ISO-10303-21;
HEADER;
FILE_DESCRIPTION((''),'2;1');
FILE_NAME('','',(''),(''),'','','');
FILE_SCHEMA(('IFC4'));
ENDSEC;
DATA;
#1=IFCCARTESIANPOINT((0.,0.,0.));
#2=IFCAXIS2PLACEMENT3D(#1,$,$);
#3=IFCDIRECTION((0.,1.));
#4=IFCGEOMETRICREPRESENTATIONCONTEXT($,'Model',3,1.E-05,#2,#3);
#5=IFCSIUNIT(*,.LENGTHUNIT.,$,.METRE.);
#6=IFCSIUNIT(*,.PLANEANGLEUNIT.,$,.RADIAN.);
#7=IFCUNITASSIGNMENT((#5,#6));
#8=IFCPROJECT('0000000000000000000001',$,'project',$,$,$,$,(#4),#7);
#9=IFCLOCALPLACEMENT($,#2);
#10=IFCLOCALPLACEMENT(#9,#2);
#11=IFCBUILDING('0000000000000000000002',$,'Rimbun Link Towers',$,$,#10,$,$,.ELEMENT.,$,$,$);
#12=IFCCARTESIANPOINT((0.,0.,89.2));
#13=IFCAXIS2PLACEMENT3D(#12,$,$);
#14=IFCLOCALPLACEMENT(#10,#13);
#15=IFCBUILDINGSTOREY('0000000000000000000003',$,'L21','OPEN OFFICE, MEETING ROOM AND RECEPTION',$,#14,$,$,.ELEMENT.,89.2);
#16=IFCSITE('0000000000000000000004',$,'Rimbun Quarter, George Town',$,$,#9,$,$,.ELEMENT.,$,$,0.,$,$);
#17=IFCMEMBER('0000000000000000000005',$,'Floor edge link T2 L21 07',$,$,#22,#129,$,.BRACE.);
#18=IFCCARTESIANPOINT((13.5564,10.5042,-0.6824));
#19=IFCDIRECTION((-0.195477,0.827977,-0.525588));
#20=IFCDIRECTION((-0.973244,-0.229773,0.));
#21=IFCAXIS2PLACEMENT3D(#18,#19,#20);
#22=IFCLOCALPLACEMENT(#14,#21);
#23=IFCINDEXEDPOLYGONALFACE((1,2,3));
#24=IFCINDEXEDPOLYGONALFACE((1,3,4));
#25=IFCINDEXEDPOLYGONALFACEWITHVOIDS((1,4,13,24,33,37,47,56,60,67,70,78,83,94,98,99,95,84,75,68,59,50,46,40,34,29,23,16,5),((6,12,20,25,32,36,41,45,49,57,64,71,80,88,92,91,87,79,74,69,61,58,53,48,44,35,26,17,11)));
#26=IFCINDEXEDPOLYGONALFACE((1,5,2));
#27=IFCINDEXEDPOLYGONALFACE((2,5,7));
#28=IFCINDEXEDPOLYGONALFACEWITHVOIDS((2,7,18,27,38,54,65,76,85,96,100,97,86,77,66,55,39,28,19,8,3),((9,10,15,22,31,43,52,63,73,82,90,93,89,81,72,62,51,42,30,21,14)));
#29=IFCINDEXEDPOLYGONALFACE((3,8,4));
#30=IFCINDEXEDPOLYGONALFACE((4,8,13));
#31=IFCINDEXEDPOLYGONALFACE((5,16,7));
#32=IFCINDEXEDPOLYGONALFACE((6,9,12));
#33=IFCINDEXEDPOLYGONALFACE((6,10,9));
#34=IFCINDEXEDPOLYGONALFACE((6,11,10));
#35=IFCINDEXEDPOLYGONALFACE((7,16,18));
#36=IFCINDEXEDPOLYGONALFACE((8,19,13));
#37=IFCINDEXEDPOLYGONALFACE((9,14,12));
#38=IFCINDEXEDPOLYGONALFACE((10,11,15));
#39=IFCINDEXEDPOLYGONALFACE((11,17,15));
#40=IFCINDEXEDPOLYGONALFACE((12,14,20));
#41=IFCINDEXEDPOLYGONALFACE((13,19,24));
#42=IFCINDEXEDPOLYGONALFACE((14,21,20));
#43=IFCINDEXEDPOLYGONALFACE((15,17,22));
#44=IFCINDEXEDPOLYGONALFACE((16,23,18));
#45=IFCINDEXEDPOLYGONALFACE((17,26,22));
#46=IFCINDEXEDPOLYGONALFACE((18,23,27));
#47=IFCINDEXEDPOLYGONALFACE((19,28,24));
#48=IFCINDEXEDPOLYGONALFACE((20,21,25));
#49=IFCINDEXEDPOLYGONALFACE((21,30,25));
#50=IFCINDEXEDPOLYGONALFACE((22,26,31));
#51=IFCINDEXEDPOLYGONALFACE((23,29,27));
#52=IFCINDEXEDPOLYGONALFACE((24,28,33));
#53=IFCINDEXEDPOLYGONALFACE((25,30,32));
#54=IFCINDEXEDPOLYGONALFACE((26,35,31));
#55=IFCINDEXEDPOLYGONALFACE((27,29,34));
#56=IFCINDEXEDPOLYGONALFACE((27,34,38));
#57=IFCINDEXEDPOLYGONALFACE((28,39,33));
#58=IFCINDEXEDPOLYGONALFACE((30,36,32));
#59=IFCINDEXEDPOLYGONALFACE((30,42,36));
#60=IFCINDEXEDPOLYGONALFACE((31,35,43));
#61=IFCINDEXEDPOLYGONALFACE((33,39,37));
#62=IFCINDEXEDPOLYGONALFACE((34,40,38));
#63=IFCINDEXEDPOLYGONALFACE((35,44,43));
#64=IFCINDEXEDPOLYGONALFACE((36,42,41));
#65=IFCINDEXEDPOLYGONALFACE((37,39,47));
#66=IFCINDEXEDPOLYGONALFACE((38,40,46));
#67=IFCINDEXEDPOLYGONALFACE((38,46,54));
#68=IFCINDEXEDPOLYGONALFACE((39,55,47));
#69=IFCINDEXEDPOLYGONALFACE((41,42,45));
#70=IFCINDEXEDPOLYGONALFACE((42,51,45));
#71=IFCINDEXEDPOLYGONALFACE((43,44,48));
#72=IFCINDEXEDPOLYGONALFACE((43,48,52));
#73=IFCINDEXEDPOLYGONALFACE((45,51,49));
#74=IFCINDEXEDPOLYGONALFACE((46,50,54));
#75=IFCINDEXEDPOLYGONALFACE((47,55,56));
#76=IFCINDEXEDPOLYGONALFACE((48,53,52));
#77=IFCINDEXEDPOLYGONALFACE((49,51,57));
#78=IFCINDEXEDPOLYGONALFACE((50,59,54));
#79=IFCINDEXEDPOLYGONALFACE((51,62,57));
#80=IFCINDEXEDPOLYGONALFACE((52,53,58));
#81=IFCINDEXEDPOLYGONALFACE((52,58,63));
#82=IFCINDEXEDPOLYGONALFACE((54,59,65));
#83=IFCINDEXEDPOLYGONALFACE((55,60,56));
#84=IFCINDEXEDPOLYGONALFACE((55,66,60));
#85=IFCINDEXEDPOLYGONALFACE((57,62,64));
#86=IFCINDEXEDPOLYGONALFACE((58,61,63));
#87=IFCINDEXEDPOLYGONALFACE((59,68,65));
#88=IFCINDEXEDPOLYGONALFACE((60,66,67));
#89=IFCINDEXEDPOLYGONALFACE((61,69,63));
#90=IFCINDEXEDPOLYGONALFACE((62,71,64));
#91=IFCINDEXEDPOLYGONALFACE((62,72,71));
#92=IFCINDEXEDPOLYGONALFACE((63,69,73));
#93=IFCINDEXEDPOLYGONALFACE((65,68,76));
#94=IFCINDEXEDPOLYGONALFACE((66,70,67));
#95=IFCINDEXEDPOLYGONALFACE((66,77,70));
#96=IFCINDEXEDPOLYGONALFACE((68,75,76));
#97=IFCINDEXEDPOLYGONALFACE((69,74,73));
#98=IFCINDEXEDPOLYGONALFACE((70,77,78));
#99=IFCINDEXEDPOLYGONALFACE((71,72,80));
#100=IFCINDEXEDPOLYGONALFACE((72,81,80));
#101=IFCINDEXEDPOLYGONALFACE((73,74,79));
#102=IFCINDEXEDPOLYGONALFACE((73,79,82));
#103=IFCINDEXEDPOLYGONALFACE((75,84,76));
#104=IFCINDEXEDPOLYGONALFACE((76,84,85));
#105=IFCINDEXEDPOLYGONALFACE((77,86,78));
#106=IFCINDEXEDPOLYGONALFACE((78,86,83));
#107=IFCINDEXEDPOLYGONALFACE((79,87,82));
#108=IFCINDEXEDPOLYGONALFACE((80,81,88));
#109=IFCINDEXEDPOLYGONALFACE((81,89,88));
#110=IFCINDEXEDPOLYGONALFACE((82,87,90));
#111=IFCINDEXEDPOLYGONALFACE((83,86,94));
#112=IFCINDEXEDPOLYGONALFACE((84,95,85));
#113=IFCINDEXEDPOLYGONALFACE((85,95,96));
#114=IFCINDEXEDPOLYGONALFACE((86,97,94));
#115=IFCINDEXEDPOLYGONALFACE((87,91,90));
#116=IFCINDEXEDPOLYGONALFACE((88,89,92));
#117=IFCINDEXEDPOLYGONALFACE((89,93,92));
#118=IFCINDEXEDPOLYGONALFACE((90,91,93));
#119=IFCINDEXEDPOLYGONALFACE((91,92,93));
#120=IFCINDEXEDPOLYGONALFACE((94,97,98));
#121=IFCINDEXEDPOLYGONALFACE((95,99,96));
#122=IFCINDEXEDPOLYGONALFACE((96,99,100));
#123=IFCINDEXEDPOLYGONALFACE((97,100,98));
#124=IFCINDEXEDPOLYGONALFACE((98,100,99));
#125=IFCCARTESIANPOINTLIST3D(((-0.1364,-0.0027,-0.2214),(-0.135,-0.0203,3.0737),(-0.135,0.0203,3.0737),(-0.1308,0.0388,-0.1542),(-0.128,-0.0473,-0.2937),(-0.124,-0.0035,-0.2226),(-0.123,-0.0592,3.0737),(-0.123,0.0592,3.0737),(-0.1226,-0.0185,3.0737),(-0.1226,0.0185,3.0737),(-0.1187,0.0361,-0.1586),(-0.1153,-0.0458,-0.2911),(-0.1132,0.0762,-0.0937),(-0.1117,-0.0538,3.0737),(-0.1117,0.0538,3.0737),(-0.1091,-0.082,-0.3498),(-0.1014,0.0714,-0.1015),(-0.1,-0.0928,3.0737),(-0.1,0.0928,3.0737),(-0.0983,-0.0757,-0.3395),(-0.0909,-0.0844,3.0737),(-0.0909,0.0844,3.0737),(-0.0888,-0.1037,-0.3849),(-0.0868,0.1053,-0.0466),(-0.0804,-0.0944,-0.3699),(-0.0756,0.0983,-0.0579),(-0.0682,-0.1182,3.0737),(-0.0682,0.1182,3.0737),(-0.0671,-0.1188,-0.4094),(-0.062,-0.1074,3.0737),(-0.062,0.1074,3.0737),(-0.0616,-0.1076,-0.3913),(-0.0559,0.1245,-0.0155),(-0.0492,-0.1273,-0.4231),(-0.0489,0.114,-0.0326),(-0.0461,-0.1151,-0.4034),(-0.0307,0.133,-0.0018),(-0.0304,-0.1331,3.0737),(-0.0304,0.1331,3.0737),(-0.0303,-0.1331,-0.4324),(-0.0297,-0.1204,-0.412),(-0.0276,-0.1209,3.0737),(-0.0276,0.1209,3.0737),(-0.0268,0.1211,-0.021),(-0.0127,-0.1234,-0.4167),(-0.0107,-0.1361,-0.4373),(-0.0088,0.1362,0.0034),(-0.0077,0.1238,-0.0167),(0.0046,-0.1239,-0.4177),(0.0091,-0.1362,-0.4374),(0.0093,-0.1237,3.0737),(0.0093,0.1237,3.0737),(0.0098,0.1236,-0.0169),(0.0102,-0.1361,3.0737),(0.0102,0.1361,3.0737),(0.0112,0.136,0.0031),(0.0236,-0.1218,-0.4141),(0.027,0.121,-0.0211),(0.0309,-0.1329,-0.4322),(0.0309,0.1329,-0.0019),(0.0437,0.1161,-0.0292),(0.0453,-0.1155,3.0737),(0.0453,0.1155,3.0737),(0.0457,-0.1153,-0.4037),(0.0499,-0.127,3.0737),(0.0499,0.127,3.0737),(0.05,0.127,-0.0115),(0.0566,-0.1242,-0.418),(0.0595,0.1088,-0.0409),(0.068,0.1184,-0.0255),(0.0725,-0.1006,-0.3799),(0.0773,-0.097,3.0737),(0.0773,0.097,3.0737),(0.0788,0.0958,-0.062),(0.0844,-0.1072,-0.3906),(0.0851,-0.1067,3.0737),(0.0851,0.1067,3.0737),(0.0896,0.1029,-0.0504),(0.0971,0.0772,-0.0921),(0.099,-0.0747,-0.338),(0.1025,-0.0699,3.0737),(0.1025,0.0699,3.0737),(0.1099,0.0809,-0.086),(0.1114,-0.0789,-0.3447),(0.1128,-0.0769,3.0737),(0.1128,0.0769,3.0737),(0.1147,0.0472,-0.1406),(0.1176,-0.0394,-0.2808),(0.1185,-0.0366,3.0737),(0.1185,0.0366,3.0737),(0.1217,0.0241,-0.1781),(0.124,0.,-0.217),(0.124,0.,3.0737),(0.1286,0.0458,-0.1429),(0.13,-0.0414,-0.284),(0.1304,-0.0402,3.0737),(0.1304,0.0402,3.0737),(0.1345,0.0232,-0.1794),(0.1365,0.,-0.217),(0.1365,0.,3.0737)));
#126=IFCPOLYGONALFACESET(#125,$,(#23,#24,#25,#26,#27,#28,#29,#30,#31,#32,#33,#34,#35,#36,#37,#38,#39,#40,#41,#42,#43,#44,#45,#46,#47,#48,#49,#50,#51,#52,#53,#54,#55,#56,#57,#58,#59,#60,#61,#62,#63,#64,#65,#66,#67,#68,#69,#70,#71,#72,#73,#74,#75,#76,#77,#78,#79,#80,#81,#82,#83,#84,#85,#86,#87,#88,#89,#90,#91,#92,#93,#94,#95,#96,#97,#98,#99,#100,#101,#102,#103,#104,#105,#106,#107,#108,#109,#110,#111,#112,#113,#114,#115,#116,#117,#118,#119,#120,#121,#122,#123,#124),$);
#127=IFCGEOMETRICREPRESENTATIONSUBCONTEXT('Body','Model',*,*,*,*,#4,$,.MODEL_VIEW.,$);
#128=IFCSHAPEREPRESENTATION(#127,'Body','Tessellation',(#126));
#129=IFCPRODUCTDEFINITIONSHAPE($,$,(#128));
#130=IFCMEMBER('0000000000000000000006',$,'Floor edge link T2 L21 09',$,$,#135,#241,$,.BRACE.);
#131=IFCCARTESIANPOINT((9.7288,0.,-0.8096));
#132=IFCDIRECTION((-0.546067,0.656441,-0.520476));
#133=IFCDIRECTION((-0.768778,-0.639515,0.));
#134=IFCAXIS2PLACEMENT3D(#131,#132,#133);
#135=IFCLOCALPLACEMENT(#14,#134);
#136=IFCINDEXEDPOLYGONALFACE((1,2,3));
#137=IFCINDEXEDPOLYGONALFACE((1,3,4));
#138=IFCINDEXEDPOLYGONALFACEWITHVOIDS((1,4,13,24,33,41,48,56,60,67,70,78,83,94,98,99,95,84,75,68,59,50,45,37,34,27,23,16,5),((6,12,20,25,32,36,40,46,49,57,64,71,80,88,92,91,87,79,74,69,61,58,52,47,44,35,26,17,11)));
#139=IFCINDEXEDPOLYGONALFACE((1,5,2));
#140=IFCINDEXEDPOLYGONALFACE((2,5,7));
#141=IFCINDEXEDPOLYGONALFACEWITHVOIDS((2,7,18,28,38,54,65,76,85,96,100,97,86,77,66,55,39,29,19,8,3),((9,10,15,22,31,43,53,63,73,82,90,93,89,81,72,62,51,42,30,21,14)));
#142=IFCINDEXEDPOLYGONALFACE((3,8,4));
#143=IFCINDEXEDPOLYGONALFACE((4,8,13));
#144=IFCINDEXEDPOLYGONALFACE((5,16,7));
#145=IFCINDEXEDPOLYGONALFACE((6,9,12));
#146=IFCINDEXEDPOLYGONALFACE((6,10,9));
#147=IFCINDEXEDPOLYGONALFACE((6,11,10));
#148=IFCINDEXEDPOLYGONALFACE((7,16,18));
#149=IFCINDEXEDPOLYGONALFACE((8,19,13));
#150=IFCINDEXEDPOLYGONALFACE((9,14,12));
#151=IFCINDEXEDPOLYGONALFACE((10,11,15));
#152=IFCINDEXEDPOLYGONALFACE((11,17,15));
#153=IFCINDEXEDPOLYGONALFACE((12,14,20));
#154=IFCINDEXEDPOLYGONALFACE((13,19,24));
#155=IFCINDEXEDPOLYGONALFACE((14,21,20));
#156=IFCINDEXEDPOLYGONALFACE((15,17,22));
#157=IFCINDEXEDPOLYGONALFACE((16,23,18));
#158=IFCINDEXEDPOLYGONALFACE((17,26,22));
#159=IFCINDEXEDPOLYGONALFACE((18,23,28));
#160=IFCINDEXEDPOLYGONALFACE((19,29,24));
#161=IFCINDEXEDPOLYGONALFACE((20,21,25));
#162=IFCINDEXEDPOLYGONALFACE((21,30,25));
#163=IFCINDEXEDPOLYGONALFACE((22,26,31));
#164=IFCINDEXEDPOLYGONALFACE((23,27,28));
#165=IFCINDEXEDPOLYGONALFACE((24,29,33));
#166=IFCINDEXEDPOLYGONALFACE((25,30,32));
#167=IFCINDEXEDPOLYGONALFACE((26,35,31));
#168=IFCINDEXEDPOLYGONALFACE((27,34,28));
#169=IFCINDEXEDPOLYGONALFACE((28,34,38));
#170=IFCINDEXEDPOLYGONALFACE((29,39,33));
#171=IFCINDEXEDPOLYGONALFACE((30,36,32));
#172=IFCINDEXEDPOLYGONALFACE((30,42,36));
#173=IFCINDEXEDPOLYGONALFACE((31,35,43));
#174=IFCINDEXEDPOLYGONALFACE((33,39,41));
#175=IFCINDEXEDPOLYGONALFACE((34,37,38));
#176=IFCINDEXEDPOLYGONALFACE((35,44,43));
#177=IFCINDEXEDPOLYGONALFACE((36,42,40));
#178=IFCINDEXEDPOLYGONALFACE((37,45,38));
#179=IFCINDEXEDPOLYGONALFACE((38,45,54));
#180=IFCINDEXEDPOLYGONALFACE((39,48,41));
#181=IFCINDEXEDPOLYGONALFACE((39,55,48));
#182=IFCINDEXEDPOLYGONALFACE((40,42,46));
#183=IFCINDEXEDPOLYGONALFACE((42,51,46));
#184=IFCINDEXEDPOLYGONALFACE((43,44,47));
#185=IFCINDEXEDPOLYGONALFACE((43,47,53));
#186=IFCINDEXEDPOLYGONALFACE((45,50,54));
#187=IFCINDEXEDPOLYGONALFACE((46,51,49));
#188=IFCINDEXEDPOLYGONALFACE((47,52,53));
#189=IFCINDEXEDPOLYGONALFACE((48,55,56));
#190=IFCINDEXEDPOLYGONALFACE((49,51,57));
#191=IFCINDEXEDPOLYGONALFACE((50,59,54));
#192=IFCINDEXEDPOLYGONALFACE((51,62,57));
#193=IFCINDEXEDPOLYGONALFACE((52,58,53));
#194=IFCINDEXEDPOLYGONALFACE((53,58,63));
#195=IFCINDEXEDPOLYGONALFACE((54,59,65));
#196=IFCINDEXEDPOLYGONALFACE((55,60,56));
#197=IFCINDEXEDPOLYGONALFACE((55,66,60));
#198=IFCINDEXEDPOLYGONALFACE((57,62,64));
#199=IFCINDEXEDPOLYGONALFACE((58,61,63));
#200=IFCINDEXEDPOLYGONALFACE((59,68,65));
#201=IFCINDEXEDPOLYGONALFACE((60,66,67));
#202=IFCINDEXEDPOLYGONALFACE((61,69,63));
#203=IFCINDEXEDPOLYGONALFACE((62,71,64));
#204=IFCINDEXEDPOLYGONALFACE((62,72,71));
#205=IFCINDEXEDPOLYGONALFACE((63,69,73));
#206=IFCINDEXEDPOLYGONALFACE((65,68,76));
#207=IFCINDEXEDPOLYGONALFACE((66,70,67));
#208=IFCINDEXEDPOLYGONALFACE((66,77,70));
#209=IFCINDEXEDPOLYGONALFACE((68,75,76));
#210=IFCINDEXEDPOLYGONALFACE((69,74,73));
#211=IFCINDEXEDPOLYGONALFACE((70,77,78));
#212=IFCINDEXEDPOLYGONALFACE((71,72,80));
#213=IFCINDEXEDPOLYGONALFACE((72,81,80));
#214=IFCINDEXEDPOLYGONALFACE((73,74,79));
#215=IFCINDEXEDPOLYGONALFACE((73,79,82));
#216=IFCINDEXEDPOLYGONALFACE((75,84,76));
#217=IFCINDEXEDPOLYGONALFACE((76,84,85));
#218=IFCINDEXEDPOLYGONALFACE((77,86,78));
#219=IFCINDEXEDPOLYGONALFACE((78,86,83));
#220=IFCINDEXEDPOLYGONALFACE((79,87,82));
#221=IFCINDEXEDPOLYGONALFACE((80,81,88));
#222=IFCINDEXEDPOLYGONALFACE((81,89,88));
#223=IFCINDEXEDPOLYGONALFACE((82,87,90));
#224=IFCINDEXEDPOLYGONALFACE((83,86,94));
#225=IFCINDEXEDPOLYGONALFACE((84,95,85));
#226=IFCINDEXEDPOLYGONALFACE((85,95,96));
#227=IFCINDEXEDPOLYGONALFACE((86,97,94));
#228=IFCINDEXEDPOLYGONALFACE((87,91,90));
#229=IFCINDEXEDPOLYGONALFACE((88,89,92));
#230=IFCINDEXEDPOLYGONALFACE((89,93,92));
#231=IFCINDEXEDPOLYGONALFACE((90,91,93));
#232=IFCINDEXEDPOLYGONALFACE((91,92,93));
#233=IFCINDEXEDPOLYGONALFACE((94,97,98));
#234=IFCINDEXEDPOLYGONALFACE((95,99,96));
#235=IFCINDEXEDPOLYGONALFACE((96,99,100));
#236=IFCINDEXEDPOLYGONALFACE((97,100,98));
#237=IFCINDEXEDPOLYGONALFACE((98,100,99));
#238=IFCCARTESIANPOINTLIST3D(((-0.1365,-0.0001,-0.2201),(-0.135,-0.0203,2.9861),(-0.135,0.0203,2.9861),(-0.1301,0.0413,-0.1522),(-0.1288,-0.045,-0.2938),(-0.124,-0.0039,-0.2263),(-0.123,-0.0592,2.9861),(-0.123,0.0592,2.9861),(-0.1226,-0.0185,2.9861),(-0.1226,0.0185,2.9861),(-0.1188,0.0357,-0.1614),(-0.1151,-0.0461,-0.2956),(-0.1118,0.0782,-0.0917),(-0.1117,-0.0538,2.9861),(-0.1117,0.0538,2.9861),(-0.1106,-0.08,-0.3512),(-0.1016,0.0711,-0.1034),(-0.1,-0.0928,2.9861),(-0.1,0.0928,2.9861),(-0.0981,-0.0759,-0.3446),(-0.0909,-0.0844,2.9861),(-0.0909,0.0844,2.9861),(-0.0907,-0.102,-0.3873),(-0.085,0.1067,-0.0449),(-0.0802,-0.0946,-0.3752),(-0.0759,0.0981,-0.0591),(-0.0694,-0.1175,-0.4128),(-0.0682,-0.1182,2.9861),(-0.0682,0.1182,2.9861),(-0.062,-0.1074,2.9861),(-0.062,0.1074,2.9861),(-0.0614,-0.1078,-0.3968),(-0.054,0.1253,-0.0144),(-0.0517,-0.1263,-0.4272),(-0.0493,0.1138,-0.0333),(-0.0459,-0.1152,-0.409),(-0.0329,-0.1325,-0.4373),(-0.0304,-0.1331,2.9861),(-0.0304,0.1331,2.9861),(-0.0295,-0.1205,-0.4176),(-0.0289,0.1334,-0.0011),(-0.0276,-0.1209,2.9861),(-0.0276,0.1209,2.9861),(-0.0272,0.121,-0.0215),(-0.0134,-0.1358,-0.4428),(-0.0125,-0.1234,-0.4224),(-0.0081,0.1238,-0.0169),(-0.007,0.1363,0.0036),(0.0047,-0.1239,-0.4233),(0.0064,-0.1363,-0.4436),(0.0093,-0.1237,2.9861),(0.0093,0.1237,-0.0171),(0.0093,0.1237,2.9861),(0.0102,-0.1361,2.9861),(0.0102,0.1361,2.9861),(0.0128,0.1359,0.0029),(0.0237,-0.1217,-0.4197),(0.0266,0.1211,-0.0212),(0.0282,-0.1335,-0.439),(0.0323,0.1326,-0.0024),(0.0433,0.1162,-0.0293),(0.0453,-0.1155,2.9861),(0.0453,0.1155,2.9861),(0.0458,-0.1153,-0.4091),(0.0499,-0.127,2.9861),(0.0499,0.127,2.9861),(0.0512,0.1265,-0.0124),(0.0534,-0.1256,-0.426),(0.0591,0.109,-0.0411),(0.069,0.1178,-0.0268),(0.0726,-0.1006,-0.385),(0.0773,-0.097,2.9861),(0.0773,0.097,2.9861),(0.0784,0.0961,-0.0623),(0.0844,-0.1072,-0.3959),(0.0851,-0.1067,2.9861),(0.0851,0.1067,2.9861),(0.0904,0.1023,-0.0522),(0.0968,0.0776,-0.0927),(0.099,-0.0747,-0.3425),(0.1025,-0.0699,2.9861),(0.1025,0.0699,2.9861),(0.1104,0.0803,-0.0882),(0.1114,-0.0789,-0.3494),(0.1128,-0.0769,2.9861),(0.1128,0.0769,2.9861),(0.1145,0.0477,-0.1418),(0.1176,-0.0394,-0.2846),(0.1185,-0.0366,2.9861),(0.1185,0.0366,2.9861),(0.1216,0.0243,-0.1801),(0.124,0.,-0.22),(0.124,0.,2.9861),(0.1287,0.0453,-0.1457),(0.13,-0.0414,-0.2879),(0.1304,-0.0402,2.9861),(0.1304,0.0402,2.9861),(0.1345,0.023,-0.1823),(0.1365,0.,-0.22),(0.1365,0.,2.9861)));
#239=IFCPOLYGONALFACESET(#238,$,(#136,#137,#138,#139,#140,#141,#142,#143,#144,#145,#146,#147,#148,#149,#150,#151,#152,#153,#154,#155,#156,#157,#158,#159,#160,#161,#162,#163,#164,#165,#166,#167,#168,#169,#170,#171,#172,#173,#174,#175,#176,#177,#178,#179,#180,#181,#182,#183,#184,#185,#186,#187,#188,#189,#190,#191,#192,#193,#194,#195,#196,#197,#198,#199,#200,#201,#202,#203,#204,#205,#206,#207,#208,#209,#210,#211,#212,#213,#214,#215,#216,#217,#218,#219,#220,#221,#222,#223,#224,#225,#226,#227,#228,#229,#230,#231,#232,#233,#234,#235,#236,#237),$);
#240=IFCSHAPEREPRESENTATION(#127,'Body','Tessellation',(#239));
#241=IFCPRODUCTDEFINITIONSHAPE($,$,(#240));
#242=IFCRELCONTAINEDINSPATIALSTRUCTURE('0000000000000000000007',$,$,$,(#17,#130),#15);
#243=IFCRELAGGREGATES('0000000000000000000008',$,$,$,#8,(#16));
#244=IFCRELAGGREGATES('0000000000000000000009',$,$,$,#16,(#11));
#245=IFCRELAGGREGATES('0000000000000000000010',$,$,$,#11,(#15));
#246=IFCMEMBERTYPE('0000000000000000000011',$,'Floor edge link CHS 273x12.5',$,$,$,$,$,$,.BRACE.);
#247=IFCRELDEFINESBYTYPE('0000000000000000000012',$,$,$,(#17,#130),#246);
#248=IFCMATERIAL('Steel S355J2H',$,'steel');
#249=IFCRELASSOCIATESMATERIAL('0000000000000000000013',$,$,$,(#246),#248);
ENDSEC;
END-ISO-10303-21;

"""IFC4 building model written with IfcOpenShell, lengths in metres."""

from ifc_helpers import new_model, si_unit, direction, frame, origin, origin_2d, place, context, subcontext, project, spatial, hollow_circle, extrude, clip, halfspace, material, material_profile, profile_set, type_object, element, save


model = new_model("IFC4")

# Units and contexts
model_context = context("Model", 3, precision=1e-05, world=origin(), true_north=direction((0.0, 1.0)))
body_context = subcontext(model_context, "Body", "Model", "MODEL_VIEW")
ifc_project = project(units=[si_unit("LENGTHUNIT", "METRE"), si_unit("PLANEANGLEUNIT", "RADIAN")], contexts=[model_context])

# Site, building, storey
site_placement = place(None, origin())
site = spatial("IfcSite", under=ifc_project, at=site_placement, Name="Rimbun Quarter, George Town", CompositionType="ELEMENT", RefElevation=0.0)
building_placement = place(site_placement, origin())
building = spatial("IfcBuilding", under=site, at=building_placement, Name="Rimbun Link Towers", CompositionType="ELEMENT")
storey_placement = place(building_placement, frame((0.0, 0.0, 89.2)))
storey = spatial("IfcBuildingStorey", under=building, at=storey_placement, Name="L21", Description="OPEN OFFICE, MEETING ROOM AND RECEPTION", CompositionType="ELEMENT", Elevation=89.2)

# Members
ifc_material_1 = material(Name="Steel S355J2H", Category="steel")
ifc_material_profile_1 = material_profile(ifc_material_1, hollow_circle(Radius=0.1365, WallThickness=0.0125, at=origin_2d()), Name="CHS 273x12.5")
ifc_profile_set_1 = profile_set([ifc_material_profile_1], Name="Steel S355J2H")
member_type_1 = type_object("IfcMemberType", Name="Floor edge link CHS 273x12.5", PredefinedType="BRACE", material=ifc_profile_set_1)
member_1_placement = place(storey_placement, frame((13.5564, 10.5042, -0.6824), z_axis=(-0.195477, 0.827977, -0.525588), x_axis=(-0.973244, -0.229773, 0.0)))
element("IfcMember", 1, at=member_1_placement, inside=storey, type_object=member_type_1, Name="Floor edge link T2 L21 07", PredefinedType="BRACE", context=body_context, shape_type="Clipping", body=[
    clip(extrude(hollow_circle(Radius=0.1365, WallThickness=0.0125, at=origin_2d()), frame((0.0, 0.0, -0.4609)), (0.0, 0.0, 1.0), 3.5347), halfspace(frame((0.0, 0.0, -0.217), z_axis=(0.0, 0.850739, -0.525588)), False)),
])
member_2_placement = place(storey_placement, frame((9.7288, 0.0, -0.8096), z_axis=(-0.546067, 0.656441, -0.520476), x_axis=(-0.768778, -0.639515, 0.0)))
element("IfcMember", 2, at=member_2_placement, inside=storey, type_object=member_type_1, Name="Floor edge link T2 L21 09", PredefinedType="BRACE", context=body_context, shape_type="Clipping", body=[
    clip(extrude(hollow_circle(Radius=0.1365, WallThickness=0.0125, at=origin_2d()), frame((0.0, 0.0, -0.467)), (0.0, 0.0, 1.0), 3.4531), halfspace(frame((0.0, 0.0, -0.22), z_axis=(0.0, 0.853876, -0.520476)), False)),
])

save(model, "model.ifc")
